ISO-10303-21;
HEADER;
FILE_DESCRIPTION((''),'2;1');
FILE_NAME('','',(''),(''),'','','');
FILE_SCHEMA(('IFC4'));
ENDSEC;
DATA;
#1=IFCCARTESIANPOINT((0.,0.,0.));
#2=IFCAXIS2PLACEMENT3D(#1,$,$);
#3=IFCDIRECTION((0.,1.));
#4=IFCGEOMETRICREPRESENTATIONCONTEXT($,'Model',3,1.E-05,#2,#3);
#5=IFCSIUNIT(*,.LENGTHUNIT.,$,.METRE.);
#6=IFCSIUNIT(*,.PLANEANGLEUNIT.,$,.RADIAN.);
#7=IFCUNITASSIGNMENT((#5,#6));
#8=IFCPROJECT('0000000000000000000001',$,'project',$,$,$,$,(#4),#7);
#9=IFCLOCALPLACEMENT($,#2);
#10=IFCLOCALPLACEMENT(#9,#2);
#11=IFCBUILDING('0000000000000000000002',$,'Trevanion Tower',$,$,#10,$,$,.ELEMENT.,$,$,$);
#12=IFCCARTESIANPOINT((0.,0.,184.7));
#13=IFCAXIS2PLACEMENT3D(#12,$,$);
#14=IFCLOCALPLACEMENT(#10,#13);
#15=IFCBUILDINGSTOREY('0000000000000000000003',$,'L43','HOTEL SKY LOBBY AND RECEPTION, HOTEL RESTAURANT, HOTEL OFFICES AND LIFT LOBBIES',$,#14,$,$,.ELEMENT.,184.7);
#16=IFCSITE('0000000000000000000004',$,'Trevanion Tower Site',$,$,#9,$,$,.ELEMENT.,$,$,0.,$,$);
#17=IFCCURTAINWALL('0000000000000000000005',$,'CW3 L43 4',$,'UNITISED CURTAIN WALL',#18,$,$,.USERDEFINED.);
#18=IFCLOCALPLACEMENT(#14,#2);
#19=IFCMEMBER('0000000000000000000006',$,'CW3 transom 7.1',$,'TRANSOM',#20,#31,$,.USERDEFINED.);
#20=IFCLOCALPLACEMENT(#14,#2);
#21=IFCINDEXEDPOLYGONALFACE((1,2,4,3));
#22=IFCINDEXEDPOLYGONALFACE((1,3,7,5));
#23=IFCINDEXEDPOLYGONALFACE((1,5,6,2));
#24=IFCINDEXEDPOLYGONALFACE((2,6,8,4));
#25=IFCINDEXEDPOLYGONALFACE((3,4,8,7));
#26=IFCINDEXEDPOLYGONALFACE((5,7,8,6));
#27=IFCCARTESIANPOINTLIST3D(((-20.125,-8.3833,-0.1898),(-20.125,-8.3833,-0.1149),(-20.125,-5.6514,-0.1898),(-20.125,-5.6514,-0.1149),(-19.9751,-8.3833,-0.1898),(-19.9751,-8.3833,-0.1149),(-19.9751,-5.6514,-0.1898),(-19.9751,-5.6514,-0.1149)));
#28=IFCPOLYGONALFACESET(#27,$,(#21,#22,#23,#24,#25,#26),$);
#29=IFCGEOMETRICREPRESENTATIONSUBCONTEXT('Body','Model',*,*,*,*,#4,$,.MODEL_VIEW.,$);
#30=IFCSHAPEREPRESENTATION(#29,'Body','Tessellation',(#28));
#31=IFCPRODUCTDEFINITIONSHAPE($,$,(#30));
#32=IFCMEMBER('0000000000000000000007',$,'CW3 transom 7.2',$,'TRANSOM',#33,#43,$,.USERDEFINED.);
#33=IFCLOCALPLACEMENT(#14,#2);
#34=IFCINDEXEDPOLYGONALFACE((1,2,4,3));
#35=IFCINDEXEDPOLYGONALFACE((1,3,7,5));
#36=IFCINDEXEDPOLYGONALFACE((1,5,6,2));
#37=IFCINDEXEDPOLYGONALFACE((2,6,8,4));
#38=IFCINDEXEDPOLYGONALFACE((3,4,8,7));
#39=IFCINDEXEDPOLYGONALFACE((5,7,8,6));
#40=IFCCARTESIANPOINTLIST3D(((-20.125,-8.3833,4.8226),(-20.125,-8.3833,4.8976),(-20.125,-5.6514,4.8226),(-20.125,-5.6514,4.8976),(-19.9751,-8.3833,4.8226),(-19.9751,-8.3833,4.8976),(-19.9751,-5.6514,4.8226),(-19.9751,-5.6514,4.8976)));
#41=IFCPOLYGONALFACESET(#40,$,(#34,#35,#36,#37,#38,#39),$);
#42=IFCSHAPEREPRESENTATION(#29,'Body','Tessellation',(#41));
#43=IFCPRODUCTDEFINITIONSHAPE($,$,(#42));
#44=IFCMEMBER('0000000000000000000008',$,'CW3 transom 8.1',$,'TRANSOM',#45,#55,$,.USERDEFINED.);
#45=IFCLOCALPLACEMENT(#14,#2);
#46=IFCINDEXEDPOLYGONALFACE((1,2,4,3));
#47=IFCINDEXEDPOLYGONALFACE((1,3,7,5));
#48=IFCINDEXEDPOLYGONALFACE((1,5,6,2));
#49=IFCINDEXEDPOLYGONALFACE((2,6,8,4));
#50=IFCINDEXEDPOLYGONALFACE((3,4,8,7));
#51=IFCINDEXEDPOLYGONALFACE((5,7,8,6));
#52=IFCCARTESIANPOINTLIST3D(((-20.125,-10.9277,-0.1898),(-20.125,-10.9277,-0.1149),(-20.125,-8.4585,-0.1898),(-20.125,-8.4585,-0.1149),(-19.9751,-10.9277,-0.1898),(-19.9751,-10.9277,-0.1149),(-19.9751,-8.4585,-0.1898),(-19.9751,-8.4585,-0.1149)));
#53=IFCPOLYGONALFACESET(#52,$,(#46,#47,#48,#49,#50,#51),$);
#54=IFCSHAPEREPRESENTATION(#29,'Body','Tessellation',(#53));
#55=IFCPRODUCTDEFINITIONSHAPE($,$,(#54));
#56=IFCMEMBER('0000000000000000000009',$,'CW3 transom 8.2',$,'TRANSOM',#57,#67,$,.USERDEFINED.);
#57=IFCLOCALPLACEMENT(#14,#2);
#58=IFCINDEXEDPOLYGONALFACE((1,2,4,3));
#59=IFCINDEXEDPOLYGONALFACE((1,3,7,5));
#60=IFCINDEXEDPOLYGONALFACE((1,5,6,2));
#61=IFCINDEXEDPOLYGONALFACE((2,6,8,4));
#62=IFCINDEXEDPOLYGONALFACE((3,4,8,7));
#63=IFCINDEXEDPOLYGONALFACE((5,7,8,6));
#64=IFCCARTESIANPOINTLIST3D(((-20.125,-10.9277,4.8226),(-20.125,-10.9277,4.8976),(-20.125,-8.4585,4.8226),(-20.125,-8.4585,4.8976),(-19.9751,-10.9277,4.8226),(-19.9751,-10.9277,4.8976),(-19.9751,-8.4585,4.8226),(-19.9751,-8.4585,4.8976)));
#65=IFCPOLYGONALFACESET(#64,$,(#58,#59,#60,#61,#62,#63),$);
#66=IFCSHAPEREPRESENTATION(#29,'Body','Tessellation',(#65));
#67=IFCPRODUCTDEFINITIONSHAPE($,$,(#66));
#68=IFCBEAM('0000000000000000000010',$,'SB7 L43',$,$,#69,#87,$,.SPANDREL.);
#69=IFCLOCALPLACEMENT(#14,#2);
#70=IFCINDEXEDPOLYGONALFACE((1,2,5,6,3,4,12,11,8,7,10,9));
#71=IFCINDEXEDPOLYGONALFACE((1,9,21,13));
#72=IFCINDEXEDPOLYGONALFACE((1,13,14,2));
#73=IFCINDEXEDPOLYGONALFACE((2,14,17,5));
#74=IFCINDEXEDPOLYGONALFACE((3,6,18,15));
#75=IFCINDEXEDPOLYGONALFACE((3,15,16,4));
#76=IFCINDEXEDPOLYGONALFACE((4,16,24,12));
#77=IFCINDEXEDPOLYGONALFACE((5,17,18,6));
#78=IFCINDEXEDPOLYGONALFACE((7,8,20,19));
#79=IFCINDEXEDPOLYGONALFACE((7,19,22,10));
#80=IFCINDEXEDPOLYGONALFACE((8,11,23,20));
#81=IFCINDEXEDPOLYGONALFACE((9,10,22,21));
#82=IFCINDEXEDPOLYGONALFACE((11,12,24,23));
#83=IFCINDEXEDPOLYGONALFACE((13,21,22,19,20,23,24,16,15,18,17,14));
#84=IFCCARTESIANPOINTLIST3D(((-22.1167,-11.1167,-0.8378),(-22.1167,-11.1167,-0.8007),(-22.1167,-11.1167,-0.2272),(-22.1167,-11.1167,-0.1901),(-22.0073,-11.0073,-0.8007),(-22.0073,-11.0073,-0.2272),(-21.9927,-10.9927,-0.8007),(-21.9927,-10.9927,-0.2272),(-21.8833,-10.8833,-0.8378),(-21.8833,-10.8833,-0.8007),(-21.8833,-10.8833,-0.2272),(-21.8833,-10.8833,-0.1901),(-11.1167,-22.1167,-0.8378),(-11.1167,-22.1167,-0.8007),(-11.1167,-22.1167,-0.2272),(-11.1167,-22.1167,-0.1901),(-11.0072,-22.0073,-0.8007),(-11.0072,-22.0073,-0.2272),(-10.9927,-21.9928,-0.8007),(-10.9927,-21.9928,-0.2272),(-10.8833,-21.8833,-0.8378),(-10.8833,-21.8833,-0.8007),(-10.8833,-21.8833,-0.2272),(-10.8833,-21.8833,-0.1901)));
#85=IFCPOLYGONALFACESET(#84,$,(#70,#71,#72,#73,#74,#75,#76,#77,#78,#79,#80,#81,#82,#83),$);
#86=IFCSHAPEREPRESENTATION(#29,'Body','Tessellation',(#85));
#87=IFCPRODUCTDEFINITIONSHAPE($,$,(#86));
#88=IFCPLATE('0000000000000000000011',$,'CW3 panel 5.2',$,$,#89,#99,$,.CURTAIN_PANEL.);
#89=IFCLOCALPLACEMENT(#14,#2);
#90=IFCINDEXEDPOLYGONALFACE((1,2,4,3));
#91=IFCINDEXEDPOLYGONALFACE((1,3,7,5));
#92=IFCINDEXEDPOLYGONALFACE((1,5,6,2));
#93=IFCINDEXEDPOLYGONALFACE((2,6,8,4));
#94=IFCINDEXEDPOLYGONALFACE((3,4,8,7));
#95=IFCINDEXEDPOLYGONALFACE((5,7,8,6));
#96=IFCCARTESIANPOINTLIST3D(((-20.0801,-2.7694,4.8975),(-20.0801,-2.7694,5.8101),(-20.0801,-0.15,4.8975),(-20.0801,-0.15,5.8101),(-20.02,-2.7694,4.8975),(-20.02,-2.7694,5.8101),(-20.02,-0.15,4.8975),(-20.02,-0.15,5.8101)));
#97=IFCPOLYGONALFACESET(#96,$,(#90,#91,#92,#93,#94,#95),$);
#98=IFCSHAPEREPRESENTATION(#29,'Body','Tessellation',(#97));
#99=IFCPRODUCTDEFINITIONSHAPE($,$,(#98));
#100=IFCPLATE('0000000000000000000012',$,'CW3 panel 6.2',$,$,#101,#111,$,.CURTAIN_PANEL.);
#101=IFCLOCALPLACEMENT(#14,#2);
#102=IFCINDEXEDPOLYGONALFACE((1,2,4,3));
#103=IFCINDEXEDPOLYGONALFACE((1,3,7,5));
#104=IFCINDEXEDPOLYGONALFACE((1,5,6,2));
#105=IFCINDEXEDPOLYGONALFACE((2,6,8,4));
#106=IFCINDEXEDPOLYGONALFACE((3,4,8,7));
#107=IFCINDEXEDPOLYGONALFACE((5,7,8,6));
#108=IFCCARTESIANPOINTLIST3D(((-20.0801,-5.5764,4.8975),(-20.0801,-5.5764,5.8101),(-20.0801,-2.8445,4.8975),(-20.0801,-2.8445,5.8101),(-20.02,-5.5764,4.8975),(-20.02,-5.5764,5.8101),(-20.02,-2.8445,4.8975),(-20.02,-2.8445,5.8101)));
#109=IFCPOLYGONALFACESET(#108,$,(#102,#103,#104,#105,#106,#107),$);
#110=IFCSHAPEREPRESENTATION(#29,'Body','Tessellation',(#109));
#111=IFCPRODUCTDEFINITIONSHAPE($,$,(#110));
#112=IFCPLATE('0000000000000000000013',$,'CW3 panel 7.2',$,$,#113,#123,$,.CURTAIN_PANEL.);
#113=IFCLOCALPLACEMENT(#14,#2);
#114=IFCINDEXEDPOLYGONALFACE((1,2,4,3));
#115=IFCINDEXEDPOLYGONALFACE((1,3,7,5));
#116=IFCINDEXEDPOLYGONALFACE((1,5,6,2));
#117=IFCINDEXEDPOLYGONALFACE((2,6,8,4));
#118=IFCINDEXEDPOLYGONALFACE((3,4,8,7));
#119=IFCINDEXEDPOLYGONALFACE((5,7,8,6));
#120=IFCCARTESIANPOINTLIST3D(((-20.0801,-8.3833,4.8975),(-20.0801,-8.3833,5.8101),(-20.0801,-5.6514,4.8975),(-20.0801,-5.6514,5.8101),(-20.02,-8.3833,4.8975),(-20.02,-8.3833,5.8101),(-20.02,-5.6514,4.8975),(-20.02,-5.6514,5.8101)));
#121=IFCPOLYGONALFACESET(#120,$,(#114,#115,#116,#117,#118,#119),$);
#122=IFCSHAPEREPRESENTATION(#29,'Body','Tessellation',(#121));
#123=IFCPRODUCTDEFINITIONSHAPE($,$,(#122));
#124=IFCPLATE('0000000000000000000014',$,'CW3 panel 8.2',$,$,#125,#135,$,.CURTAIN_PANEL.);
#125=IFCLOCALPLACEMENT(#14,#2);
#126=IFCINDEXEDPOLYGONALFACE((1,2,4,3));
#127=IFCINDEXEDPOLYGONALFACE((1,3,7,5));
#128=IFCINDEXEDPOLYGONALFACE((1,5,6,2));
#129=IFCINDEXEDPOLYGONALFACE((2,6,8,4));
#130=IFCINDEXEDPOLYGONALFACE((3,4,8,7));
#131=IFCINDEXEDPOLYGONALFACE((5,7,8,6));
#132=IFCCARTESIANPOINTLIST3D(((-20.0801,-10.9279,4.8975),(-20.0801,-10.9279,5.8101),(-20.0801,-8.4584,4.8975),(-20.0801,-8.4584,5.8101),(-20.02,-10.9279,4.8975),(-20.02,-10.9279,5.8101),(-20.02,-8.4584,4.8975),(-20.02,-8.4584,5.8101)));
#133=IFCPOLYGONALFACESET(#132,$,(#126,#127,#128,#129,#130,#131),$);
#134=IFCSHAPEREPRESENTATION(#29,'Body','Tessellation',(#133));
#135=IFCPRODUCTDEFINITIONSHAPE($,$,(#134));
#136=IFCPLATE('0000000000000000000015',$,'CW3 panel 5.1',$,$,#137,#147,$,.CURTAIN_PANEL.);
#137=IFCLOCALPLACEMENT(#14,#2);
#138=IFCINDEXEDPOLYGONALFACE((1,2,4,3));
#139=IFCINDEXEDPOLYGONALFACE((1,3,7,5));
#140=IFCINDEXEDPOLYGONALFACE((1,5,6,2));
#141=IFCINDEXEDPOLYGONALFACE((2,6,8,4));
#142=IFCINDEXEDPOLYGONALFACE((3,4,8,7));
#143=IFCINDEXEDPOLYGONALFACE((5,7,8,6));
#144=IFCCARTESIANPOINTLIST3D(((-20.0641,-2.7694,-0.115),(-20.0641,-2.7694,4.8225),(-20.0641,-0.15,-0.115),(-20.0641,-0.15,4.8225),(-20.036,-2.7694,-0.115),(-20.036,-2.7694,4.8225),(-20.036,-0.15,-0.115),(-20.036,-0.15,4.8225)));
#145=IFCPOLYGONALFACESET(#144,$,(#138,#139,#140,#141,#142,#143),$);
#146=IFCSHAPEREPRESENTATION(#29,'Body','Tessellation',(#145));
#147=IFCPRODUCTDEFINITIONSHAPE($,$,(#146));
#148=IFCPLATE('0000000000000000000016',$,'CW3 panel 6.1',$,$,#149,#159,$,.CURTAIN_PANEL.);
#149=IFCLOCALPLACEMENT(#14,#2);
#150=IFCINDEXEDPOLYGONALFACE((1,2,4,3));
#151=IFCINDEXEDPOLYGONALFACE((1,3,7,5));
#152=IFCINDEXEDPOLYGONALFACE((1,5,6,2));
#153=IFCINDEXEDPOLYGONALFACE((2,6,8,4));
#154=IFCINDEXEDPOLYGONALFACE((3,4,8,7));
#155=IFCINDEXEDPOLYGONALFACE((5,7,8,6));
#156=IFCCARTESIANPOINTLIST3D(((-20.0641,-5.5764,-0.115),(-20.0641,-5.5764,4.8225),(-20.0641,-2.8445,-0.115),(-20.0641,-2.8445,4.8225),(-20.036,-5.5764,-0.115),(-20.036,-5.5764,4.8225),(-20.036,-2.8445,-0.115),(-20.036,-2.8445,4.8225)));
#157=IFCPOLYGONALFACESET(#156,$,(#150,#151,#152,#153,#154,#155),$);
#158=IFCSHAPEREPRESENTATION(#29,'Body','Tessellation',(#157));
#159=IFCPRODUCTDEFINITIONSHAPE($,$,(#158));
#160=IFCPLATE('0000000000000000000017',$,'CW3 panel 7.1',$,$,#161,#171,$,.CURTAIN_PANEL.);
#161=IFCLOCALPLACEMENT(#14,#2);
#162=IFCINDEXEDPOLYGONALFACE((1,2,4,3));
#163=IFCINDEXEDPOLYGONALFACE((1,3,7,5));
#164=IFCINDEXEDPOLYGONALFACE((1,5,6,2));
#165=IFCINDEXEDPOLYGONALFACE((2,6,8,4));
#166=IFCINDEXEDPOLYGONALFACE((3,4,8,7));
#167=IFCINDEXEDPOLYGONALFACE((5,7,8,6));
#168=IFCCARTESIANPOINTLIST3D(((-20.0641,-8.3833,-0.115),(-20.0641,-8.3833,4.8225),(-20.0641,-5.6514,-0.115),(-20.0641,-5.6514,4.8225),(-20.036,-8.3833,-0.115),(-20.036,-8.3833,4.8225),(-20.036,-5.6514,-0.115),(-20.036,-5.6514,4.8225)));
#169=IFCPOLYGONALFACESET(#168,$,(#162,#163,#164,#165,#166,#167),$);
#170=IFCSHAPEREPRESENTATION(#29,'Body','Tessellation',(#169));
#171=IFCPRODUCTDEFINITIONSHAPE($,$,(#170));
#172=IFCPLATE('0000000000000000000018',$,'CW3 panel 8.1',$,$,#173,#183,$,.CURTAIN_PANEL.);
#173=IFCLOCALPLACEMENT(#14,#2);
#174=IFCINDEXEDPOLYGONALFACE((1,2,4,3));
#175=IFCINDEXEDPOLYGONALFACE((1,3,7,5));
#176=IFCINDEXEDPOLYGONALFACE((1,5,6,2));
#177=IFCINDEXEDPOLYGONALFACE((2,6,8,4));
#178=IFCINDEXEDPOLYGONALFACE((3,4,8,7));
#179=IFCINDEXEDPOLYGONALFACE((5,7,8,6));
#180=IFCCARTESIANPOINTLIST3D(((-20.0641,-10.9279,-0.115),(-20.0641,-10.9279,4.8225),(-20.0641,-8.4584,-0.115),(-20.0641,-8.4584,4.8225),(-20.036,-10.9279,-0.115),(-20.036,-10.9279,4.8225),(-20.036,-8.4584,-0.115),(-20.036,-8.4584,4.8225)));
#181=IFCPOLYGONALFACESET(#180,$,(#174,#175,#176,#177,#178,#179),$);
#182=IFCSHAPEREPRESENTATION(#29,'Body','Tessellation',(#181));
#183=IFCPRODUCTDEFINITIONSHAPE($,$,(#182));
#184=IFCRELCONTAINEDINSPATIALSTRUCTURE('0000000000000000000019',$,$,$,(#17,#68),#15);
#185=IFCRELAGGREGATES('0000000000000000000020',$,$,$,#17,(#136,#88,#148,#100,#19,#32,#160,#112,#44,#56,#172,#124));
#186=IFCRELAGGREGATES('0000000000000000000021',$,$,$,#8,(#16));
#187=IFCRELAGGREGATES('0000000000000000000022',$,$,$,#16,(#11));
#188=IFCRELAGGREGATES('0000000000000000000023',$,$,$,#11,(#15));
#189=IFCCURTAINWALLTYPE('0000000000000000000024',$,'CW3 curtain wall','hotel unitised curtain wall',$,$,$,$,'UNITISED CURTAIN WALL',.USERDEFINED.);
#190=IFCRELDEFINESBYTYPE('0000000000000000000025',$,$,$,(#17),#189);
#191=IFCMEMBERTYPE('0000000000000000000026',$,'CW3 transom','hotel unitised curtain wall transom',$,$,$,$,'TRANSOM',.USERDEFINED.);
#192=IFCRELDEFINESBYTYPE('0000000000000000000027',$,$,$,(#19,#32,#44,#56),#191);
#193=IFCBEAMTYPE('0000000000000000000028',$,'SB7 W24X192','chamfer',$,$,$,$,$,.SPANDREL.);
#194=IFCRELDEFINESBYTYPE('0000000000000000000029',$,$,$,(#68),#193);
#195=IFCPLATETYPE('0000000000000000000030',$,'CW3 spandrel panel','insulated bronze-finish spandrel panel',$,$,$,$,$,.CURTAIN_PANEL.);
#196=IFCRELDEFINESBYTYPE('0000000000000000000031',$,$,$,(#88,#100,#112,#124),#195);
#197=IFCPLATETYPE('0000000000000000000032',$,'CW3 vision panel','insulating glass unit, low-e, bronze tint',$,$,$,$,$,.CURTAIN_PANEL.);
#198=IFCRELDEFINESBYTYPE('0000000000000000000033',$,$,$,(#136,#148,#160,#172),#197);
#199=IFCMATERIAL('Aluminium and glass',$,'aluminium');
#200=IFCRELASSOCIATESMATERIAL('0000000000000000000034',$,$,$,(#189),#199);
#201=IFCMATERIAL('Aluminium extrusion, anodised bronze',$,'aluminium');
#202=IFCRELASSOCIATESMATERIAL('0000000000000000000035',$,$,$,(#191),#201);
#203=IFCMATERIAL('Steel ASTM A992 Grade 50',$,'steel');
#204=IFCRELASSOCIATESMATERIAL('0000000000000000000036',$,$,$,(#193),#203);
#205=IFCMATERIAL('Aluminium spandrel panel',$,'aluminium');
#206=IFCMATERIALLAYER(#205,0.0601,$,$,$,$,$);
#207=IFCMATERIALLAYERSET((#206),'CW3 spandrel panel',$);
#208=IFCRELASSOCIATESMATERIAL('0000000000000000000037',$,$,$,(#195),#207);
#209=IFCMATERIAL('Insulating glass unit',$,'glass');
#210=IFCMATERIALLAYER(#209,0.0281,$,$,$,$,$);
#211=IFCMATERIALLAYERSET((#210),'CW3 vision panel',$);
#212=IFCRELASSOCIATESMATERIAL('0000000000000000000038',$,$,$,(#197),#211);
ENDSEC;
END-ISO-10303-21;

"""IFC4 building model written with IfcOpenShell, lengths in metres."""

from ifc_helpers import new_model, si_unit, direction, frame, origin, origin_2d, place, context, subcontext, project, spatial, rectangle, i_section, extrude, material, layer, layer_set, material_profile, profile_set, type_object, element, aggregate, save


model = new_model("IFC4")

# Units and contexts
model_context = context("Model", 3, precision=1e-05, world=origin(), true_north=direction((0.0, 1.0)))
body_context = subcontext(model_context, "Body", "Model", "MODEL_VIEW")
ifc_project = project(units=[si_unit("LENGTHUNIT", "METRE"), si_unit("PLANEANGLEUNIT", "RADIAN")], contexts=[model_context])

# Site, building, storey
site_placement = place(None, origin())
site = spatial("IfcSite", under=ifc_project, at=site_placement, Name="Trevanion Tower Site", CompositionType="ELEMENT", RefElevation=0.0)
building_placement = place(site_placement, origin())
building = spatial("IfcBuilding", under=site, at=building_placement, Name="Trevanion Tower", CompositionType="ELEMENT")
storey_placement = place(building_placement, frame((0.0, 0.0, 184.7)))
storey = spatial("IfcBuildingStorey", under=building, at=storey_placement, Name="L43", Description="HOTEL SKY LOBBY AND RECEPTION, HOTEL RESTAURANT, HOTEL OFFICES AND LIFT LOBBIES", CompositionType="ELEMENT", Elevation=184.7)

# Curtain wall, members
ifc_material_1 = material(Name="Aluminium and glass", Category="aluminium")
curtain_wall_type = type_object("IfcCurtainWallType", Name="CW3 curtain wall", Description="hotel unitised curtain wall", ElementType="UNITISED CURTAIN WALL", PredefinedType="USERDEFINED", material=ifc_material_1)
curtain_wall_placement = place(storey_placement, origin())
curtain_wall = element("IfcCurtainWall", 1, at=curtain_wall_placement, inside=storey, type_object=curtain_wall_type, Name="CW3 L43 4", ObjectType="UNITISED CURTAIN WALL", PredefinedType="USERDEFINED")
ifc_material_2 = material(Name="Aluminium extrusion, anodised bronze", Category="aluminium")
ifc_material_profile_1 = material_profile(ifc_material_2, rectangle(XDim=0.1499, YDim=0.075, at=origin_2d()), Name="CW3 transom")
ifc_profile_set_1 = profile_set([ifc_material_profile_1], Name="Aluminium extrusion, anodised bronze")
member_type_1 = type_object("IfcMemberType", Name="CW3 transom", Description="hotel unitised curtain wall transom", ElementType="TRANSOM", PredefinedType="USERDEFINED", material=ifc_profile_set_1)
member_1_placement = place(storey_placement, frame((-20.05, -5.6514, -0.1523), z_axis=(0.0, -1.0, 0.0), x_axis=(1.0, 0.0, 0.0)))
member_1 = element("IfcMember", 2, at=member_1_placement, type_object=member_type_1, Name="CW3 transom 7.1", ObjectType="TRANSOM", PredefinedType="USERDEFINED", context=body_context, shape_type="SweptSolid", body=[
    extrude(rectangle(XDim=0.1499, YDim=0.075, at=origin_2d()), origin(), (0.0, 0.0, 1.0), 2.7319),
])
member_2_placement = place(storey_placement, frame((-20.05, -5.6514, 4.8601), z_axis=(0.0, -1.0, 0.0), x_axis=(1.0, 0.0, 0.0)))
member_2 = element("IfcMember", 3, at=member_2_placement, type_object=member_type_1, Name="CW3 transom 7.2", ObjectType="TRANSOM", PredefinedType="USERDEFINED", context=body_context, shape_type="SweptSolid", body=[
    extrude(rectangle(XDim=0.1499, YDim=0.075, at=origin_2d()), origin(), (0.0, 0.0, 1.0), 2.7319),
])
member_3_placement = place(storey_placement, frame((-20.05, -8.4585, -0.1523), z_axis=(0.0, -1.0, 0.0), x_axis=(1.0, 0.0, 0.0)))
member_3 = element("IfcMember", 4, at=member_3_placement, type_object=member_type_1, Name="CW3 transom 8.1", ObjectType="TRANSOM", PredefinedType="USERDEFINED", context=body_context, shape_type="SweptSolid", body=[
    extrude(rectangle(XDim=0.1499, YDim=0.075, at=origin_2d()), origin(), (0.0, 0.0, 1.0), 2.4692),
])
member_4_placement = place(storey_placement, frame((-20.05, -8.4585, 4.8601), z_axis=(0.0, -1.0, 0.0), x_axis=(1.0, 0.0, 0.0)))
member_4 = element("IfcMember", 5, at=member_4_placement, type_object=member_type_1, Name="CW3 transom 8.2", ObjectType="TRANSOM", PredefinedType="USERDEFINED", context=body_context, shape_type="SweptSolid", body=[
    extrude(rectangle(XDim=0.1499, YDim=0.075, at=origin_2d()), origin(), (0.0, 0.0, 1.0), 2.4692),
])

# Beam
ifc_material_3 = material(Name="Steel ASTM A992 Grade 50", Category="steel")
ifc_material_profile_2 = material_profile(ifc_material_3, i_section(OverallWidth=0.3301, OverallDepth=0.6477, WebThickness=0.0205, FlangeThickness=0.0371, at=origin_2d()), Name="W24X192")
ifc_profile_set_2 = profile_set([ifc_material_profile_2], Name="Steel ASTM A992 Grade 50")
beam_type_1 = type_object("IfcBeamType", Name="SB7 W24X192", Description="chamfer", PredefinedType="SPANDREL", material=ifc_profile_set_2)
beam_placement = place(storey_placement, frame((-22.0, -11.0, -0.5139), z_axis=(0.707107, -0.707107, 0.0), x_axis=(0.707107, 0.707107, 0.0)))
element("IfcBeam", 6, at=beam_placement, inside=storey, type_object=beam_type_1, Name="SB7 L43", PredefinedType="SPANDREL", context=body_context, shape_type="SweptSolid", body=[
    extrude(i_section(OverallWidth=0.3301, OverallDepth=0.6477, WebThickness=0.0205, FlangeThickness=0.0371, at=origin_2d()), origin(), (0.0, 0.0, 1.0), 15.5564),
])

# Plates
ifc_material_4 = material(Name="Aluminium spandrel panel", Category="aluminium")
ifc_layer_1 = layer(ifc_material_4, 0.0601)
ifc_layer_set_1 = layer_set([ifc_layer_1], Name="CW3 spandrel panel")
plate_type_1 = type_object("IfcPlateType", Name="CW3 spandrel panel", Description="insulated bronze-finish spandrel panel", PredefinedType="CURTAIN_PANEL", material=ifc_layer_set_1)
plate_1_placement = place(storey_placement, frame((-20.05, -1.4597, 4.8975), z_axis=(0.0, 0.0, 1.0), x_axis=(0.0, -1.0, 0.0)))
plate_1 = element("IfcPlate", 7, at=plate_1_placement, type_object=plate_type_1, Name="CW3 panel 5.2", PredefinedType="CURTAIN_PANEL", context=body_context, shape_type="SweptSolid", body=[
    extrude(rectangle(XDim=2.6194, YDim=0.0601, at=origin_2d()), origin(), (0.0, 0.0, 1.0), 0.9126),
])
plate_2_placement = place(storey_placement, frame((-20.05, -4.2104, 4.8975), z_axis=(0.0, 0.0, 1.0), x_axis=(0.0, -1.0, 0.0)))
plate_2 = element("IfcPlate", 8, at=plate_2_placement, type_object=plate_type_1, Name="CW3 panel 6.2", PredefinedType="CURTAIN_PANEL", context=body_context, shape_type="SweptSolid", body=[
    extrude(rectangle(XDim=2.7319, YDim=0.0601, at=origin_2d()), origin(), (0.0, 0.0, 1.0), 0.9126),
])
plate_3_placement = place(storey_placement, frame((-20.05, -7.0173, 4.8975), z_axis=(0.0, 0.0, 1.0), x_axis=(0.0, -1.0, 0.0)))
plate_3 = element("IfcPlate", 9, at=plate_3_placement, type_object=plate_type_1, Name="CW3 panel 7.2", PredefinedType="CURTAIN_PANEL", context=body_context, shape_type="SweptSolid", body=[
    extrude(rectangle(XDim=2.7319, YDim=0.0601, at=origin_2d()), origin(), (0.0, 0.0, 1.0), 0.9126),
])
plate_4_placement = place(storey_placement, frame((-20.05, -9.6931, 4.8975), z_axis=(0.0, 0.0, 1.0), x_axis=(0.0, -1.0, 0.0)))
plate_4 = element("IfcPlate", 10, at=plate_4_placement, type_object=plate_type_1, Name="CW3 panel 8.2", PredefinedType="CURTAIN_PANEL", context=body_context, shape_type="SweptSolid", body=[
    extrude(rectangle(XDim=2.4695, YDim=0.0601, at=origin_2d()), origin(), (0.0, 0.0, 1.0), 0.9126),
])
ifc_material_5 = material(Name="Insulating glass unit", Category="glass")
ifc_layer_2 = layer(ifc_material_5, 0.0281)
ifc_layer_set_2 = layer_set([ifc_layer_2], Name="CW3 vision panel")
plate_type_2 = type_object("IfcPlateType", Name="CW3 vision panel", Description="insulating glass unit, low-e, bronze tint", PredefinedType="CURTAIN_PANEL", material=ifc_layer_set_2)
plate_5_placement = place(storey_placement, frame((-20.05, -1.4597, -0.115), z_axis=(0.0, 0.0, 1.0), x_axis=(0.0, -1.0, 0.0)))
plate_5 = element("IfcPlate", 11, at=plate_5_placement, type_object=plate_type_2, Name="CW3 panel 5.1", PredefinedType="CURTAIN_PANEL", context=body_context, shape_type="SweptSolid", body=[
    extrude(rectangle(XDim=2.6194, YDim=0.0281, at=origin_2d()), origin(), (0.0, 0.0, 1.0), 4.9375),
])
plate_6_placement = place(storey_placement, frame((-20.05, -4.2104, -0.115), z_axis=(0.0, 0.0, 1.0), x_axis=(0.0, -1.0, 0.0)))
plate_6 = element("IfcPlate", 12, at=plate_6_placement, type_object=plate_type_2, Name="CW3 panel 6.1", PredefinedType="CURTAIN_PANEL", context=body_context, shape_type="SweptSolid", body=[
    extrude(rectangle(XDim=2.7319, YDim=0.0281, at=origin_2d()), origin(), (0.0, 0.0, 1.0), 4.9375),
])
plate_7_placement = place(storey_placement, frame((-20.05, -7.0173, -0.115), z_axis=(0.0, 0.0, 1.0), x_axis=(0.0, -1.0, 0.0)))
plate_7 = element("IfcPlate", 13, at=plate_7_placement, type_object=plate_type_2, Name="CW3 panel 7.1", PredefinedType="CURTAIN_PANEL", context=body_context, shape_type="SweptSolid", body=[
    extrude(rectangle(XDim=2.7319, YDim=0.0281, at=origin_2d()), origin(), (0.0, 0.0, 1.0), 4.9375),
])
plate_8_placement = place(storey_placement, frame((-20.05, -9.6931, -0.115), z_axis=(0.0, 0.0, 1.0), x_axis=(0.0, -1.0, 0.0)))
plate_8 = element("IfcPlate", 14, at=plate_8_placement, type_object=plate_type_2, Name="CW3 panel 8.1", PredefinedType="CURTAIN_PANEL", context=body_context, shape_type="SweptSolid", body=[
    extrude(rectangle(XDim=2.4695, YDim=0.0281, at=origin_2d()), origin(), (0.0, 0.0, 1.0), 4.9375),
])
aggregate(curtain_wall, [plate_5, plate_1, plate_6, plate_2, member_1, member_2, plate_7, plate_3, member_3, member_4, plate_8, plate_4])

save(model, "model.ifc")
